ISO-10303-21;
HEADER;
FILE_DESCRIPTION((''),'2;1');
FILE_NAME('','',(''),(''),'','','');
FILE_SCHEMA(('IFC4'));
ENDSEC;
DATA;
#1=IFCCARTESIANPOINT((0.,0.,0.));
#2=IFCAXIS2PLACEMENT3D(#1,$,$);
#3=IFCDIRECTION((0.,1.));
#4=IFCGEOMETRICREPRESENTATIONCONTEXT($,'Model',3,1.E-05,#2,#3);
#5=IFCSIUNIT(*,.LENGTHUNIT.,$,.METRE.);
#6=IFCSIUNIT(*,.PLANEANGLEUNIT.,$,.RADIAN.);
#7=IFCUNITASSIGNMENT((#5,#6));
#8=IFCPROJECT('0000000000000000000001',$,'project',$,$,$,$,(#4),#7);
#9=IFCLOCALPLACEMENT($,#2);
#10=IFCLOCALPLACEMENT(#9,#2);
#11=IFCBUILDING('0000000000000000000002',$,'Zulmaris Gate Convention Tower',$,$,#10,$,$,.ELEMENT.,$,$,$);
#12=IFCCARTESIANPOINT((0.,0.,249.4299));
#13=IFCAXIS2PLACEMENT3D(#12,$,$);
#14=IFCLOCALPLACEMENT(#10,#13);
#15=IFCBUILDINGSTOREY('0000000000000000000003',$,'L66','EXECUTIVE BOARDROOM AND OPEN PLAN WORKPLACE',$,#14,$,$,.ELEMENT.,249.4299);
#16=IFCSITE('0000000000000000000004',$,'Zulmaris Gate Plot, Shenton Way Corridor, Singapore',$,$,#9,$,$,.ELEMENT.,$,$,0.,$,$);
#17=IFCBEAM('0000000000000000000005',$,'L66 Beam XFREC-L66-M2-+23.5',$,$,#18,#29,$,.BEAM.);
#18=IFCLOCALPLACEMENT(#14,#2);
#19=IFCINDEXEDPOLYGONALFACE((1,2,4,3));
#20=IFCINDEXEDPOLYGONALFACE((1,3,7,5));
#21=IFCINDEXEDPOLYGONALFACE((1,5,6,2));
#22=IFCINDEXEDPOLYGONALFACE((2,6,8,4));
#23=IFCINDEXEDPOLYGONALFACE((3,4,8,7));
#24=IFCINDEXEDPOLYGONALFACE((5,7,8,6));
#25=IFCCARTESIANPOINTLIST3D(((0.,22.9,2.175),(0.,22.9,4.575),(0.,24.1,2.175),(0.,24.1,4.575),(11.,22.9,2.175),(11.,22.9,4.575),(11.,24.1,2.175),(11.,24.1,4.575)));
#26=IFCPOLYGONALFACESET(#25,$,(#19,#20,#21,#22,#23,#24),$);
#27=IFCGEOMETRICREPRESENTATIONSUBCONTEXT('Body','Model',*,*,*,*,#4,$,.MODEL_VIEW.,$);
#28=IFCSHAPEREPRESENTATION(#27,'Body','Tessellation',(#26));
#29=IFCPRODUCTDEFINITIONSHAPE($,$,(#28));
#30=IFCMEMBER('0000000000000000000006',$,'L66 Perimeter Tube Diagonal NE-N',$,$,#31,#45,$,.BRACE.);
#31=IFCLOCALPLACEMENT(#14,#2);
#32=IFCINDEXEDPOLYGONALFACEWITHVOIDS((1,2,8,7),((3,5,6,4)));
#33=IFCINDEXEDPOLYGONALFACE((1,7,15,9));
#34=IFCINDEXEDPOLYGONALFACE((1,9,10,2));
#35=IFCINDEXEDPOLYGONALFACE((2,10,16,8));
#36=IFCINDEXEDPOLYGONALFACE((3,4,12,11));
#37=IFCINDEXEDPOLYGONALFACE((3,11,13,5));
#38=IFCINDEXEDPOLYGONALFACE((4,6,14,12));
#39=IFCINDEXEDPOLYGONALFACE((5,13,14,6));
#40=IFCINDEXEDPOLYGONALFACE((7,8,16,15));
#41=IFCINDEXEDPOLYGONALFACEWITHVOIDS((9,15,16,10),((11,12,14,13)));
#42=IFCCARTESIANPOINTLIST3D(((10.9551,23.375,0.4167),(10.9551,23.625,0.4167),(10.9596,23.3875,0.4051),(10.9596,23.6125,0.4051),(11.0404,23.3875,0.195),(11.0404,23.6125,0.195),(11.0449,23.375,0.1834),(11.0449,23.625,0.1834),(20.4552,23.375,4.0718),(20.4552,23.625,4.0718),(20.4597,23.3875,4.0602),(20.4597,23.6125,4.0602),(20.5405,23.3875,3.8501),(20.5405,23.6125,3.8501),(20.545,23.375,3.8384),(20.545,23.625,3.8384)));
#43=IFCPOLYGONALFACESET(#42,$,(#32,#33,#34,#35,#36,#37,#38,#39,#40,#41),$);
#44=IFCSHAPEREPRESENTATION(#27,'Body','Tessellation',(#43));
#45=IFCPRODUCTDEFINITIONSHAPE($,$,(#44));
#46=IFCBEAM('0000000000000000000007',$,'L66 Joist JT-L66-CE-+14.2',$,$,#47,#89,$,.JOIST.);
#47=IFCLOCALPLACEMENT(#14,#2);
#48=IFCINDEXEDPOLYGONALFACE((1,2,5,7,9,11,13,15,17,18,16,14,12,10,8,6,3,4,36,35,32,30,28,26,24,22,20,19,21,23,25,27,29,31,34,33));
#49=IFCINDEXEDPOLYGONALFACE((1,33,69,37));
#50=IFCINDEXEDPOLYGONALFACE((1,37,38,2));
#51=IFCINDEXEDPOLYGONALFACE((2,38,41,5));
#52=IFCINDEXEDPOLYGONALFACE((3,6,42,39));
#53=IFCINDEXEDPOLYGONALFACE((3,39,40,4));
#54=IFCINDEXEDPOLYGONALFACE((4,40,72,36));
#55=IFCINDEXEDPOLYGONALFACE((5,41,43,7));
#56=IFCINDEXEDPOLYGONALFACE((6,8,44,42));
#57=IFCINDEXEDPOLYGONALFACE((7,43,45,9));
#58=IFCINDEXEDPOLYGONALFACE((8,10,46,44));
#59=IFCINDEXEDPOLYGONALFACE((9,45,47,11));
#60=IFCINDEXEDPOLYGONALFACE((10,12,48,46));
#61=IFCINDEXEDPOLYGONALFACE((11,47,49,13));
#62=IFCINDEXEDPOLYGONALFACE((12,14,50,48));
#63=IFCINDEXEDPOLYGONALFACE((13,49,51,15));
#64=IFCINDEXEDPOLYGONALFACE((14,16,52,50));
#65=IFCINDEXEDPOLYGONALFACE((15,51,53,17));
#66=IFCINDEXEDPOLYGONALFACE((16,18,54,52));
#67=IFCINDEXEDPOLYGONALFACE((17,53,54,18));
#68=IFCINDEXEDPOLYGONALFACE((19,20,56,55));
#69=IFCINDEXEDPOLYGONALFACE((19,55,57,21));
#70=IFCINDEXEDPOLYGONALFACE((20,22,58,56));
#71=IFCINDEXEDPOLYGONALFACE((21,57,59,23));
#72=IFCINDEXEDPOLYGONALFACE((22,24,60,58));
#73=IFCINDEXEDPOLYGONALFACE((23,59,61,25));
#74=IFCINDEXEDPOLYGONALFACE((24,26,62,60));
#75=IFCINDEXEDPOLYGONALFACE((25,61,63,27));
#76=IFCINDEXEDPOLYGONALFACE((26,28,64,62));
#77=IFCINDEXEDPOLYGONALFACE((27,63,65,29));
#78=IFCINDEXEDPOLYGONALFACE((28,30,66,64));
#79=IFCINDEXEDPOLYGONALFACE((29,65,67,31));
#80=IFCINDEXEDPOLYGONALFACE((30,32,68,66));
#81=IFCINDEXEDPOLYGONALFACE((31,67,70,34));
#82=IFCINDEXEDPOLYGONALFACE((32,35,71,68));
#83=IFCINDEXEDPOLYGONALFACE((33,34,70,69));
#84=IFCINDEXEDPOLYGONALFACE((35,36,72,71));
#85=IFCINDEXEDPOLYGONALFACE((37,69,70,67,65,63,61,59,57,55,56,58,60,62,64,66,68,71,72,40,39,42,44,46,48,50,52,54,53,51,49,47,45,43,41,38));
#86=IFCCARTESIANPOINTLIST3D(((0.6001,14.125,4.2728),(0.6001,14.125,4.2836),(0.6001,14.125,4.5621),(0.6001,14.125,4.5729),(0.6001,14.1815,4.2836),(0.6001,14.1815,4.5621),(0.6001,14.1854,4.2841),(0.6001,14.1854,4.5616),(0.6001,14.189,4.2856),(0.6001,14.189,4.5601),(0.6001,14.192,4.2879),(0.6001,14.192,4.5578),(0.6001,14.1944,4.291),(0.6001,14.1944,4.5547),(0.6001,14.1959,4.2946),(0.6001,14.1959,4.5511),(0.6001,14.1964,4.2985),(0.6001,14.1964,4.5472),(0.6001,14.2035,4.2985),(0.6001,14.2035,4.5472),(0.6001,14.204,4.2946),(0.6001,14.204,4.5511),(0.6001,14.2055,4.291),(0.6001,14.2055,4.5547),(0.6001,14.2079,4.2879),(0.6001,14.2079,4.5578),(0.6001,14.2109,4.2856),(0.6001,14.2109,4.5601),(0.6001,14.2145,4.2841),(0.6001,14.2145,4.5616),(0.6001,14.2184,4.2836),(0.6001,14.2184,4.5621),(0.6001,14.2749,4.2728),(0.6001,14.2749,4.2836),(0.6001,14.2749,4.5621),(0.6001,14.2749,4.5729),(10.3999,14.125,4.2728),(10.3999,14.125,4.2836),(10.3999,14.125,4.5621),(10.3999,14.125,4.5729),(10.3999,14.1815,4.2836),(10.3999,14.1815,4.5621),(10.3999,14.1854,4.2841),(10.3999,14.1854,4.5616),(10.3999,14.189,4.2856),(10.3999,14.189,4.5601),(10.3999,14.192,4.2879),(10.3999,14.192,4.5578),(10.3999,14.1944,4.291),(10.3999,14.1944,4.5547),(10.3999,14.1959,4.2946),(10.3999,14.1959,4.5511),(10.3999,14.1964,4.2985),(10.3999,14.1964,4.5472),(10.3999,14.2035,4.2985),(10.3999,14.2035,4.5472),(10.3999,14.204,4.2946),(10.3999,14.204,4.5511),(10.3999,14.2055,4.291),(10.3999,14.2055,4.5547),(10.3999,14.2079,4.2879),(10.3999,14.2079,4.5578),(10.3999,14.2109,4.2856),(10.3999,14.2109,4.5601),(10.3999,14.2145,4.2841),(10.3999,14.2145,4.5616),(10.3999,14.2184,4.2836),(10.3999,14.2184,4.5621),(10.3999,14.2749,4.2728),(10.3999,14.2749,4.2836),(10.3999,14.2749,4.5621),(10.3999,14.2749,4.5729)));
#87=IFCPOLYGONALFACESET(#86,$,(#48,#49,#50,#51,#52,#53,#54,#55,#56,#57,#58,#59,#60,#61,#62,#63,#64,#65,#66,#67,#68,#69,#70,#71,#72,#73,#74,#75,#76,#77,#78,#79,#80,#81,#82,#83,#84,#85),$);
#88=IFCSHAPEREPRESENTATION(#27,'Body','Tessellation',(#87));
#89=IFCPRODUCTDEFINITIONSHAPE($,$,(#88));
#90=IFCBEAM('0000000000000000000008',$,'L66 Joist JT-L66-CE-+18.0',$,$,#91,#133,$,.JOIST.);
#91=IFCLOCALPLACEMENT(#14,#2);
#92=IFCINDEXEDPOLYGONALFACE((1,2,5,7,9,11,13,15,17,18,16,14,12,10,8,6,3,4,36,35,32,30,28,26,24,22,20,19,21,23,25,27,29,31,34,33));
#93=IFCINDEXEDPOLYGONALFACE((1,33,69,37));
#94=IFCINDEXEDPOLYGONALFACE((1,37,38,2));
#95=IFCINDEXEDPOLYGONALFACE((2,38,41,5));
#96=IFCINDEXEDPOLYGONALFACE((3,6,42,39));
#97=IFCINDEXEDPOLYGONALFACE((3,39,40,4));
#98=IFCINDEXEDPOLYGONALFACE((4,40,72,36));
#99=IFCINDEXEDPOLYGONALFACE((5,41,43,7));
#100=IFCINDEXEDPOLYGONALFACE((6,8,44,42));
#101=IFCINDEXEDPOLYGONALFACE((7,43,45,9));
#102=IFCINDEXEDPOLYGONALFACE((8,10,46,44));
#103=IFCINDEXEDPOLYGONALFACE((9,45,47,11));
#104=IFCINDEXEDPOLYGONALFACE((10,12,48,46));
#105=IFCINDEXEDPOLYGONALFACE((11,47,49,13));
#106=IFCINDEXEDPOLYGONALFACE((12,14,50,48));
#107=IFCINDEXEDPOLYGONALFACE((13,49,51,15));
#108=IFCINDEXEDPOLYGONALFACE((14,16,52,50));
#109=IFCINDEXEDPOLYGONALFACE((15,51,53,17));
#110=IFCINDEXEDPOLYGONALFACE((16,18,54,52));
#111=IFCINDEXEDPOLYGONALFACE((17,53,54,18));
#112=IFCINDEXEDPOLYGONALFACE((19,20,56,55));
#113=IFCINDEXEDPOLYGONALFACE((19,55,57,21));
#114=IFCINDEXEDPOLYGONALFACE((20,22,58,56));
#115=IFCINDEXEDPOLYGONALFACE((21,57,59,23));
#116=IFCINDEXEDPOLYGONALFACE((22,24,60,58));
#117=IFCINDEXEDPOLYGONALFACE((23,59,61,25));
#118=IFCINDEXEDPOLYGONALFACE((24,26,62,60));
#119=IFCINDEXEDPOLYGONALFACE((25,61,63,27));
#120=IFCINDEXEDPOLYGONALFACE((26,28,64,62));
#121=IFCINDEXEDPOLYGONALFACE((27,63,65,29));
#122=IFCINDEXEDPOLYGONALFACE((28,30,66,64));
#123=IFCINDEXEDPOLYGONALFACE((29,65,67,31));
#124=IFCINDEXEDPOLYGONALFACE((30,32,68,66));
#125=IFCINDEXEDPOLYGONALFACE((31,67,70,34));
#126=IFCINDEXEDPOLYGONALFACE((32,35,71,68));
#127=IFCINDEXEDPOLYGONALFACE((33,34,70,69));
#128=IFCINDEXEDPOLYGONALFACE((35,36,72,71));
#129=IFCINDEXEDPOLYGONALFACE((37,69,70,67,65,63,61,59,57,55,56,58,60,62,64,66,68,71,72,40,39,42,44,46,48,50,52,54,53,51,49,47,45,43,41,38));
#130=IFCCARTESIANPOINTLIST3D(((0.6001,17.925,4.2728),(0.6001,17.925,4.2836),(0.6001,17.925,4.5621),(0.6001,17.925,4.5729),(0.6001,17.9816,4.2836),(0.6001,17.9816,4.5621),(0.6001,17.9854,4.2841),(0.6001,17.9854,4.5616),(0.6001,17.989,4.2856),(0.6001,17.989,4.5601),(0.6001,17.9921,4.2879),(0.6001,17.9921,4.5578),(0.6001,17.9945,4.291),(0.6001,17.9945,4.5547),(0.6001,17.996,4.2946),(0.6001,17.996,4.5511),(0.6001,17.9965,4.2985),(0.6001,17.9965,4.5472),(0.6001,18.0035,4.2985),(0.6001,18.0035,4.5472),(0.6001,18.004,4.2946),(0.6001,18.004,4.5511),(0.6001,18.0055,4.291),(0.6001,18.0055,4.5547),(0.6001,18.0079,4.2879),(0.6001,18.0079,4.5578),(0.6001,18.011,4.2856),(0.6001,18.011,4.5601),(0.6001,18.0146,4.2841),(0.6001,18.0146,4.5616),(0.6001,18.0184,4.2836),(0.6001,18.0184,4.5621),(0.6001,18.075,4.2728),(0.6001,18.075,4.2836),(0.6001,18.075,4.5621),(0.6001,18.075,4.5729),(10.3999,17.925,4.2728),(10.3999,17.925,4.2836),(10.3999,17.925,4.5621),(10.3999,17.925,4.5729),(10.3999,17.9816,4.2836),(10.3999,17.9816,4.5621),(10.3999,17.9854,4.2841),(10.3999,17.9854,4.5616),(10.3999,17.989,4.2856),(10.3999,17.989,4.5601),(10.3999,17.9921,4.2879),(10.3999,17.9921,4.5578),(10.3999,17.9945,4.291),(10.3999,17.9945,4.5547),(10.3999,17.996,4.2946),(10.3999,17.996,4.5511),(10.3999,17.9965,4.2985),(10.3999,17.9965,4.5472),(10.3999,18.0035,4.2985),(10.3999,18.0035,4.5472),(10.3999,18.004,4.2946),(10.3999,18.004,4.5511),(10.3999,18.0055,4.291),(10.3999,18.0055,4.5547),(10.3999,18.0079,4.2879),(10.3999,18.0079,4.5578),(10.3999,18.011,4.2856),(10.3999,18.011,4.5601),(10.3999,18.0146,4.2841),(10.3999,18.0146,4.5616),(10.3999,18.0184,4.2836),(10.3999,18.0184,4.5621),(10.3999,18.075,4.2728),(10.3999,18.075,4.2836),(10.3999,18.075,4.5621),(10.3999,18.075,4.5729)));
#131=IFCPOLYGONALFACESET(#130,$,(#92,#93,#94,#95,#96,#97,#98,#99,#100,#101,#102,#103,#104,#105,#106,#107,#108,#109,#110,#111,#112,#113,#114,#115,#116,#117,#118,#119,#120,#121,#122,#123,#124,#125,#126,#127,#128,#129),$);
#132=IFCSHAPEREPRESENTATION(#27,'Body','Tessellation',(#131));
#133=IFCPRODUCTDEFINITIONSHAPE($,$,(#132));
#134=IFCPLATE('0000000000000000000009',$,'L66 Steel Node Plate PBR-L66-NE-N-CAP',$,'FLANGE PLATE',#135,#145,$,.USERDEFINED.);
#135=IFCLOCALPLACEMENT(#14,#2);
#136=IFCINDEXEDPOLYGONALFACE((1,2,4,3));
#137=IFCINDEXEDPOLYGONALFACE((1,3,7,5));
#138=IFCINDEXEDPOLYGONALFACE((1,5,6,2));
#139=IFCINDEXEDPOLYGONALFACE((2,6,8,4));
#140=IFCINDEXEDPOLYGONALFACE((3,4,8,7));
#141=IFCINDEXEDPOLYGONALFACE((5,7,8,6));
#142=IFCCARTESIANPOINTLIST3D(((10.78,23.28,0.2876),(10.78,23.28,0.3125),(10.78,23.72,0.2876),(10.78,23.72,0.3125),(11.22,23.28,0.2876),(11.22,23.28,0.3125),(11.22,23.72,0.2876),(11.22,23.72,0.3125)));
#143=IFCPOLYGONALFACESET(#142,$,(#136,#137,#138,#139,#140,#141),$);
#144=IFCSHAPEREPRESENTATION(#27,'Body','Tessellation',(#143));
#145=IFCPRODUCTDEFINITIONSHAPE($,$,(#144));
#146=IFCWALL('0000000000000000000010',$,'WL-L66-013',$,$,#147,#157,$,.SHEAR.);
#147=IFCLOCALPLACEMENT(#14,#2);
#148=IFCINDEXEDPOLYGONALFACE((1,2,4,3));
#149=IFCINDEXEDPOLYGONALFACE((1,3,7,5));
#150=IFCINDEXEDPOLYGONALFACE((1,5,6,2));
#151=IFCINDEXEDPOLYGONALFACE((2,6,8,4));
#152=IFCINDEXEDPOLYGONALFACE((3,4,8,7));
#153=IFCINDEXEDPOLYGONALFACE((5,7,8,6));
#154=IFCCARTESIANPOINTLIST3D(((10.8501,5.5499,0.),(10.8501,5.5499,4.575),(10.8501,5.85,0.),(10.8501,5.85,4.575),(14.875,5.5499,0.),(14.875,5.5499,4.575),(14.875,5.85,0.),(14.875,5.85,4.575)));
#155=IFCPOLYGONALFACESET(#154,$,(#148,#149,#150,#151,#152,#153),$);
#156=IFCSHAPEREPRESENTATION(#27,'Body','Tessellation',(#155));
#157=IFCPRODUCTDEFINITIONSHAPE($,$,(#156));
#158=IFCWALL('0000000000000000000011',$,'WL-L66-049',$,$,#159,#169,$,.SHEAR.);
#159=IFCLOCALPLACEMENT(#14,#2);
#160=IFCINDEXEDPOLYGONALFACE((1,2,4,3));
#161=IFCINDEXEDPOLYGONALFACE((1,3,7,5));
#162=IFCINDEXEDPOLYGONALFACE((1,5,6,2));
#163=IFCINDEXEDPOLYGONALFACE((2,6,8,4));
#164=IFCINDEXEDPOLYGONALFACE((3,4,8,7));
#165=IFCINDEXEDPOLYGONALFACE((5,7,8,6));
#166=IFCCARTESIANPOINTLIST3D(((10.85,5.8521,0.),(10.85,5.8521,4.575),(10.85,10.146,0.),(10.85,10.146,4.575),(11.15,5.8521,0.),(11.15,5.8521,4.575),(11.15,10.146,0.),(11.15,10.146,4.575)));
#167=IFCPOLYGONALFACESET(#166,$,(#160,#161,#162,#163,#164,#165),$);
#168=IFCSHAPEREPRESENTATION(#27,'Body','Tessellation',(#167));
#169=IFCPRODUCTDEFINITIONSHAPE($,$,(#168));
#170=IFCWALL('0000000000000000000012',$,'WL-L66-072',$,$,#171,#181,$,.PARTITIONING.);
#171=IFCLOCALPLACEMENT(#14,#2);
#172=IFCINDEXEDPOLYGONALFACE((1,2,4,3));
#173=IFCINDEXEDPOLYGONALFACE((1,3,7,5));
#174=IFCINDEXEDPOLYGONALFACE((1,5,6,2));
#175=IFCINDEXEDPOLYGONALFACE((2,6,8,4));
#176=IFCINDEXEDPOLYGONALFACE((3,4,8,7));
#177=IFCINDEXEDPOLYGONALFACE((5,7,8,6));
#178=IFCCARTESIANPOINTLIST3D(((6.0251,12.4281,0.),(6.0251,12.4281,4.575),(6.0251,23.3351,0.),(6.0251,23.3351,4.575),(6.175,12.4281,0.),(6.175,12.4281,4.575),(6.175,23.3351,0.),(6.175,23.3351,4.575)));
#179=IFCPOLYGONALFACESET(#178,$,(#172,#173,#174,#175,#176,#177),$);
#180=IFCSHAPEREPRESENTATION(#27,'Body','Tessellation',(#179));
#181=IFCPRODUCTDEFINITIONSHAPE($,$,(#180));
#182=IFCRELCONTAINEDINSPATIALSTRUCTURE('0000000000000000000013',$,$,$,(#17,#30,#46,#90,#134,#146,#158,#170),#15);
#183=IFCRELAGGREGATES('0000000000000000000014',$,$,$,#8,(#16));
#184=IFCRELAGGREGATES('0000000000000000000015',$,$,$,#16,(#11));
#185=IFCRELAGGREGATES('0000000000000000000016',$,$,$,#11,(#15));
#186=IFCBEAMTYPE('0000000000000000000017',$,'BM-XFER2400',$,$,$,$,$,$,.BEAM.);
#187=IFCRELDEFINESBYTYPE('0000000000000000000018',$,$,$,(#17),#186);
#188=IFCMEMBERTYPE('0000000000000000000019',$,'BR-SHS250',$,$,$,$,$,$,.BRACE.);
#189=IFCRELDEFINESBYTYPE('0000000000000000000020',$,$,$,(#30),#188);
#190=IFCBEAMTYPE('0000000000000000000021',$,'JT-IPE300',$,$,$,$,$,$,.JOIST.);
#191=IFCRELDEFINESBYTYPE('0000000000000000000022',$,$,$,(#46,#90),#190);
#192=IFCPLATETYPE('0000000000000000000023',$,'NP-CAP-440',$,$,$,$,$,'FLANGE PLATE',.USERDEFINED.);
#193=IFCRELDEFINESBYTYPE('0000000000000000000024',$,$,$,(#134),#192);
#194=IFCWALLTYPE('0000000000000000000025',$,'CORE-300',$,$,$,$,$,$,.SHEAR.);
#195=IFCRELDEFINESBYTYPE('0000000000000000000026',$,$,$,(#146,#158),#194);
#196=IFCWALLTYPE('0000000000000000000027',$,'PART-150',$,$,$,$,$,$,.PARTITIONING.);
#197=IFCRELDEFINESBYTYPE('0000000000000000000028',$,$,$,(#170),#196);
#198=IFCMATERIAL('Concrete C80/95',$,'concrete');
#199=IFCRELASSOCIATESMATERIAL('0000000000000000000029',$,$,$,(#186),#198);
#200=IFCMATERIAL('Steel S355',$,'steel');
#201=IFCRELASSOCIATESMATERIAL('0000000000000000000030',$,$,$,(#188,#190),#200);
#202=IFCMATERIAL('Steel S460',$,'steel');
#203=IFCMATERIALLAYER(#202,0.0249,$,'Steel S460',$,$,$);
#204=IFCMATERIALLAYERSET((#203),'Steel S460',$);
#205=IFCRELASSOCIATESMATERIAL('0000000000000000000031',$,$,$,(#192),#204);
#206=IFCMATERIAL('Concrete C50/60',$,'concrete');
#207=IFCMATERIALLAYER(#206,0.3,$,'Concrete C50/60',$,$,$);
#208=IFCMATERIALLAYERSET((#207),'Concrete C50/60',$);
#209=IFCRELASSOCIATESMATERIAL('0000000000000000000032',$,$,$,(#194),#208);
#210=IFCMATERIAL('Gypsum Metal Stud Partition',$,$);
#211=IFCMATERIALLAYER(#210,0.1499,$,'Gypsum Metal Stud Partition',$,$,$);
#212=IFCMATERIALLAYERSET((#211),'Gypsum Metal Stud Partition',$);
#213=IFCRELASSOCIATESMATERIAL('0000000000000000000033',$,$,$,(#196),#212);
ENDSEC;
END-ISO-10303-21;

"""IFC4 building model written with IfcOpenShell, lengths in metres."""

from ifc_helpers import new_model, si_unit, direction, frame, frame_2d, origin, origin_2d, place, context, subcontext, project, spatial, rectangle, hollow_rectangle, i_section, extrude, material, layer, layer_set, material_profile, profile_set, type_object, element, save


model = new_model("IFC4")

# Units and contexts
model_context = context("Model", 3, precision=1e-05, world=origin(), true_north=direction((0.0, 1.0)))
body_context = subcontext(model_context, "Body", "Model", "MODEL_VIEW")
ifc_project = project(units=[si_unit("LENGTHUNIT", "METRE"), si_unit("PLANEANGLEUNIT", "RADIAN")], contexts=[model_context])

# Site, building, storey
site_placement = place(None, origin())
site = spatial("IfcSite", under=ifc_project, at=site_placement, Name="Zulmaris Gate Plot, Shenton Way Corridor, Singapore", CompositionType="ELEMENT", RefElevation=0.0)
building_placement = place(site_placement, origin())
building = spatial("IfcBuilding", under=site, at=building_placement, Name="Zulmaris Gate Convention Tower", CompositionType="ELEMENT")
storey_placement = place(building_placement, frame((0.0, 0.0, 249.4299)))
storey = spatial("IfcBuildingStorey", under=building, at=storey_placement, Name="L66", Description="EXECUTIVE BOARDROOM AND OPEN PLAN WORKPLACE", CompositionType="ELEMENT", Elevation=249.4299)

# Shared definitions
ifc_material_1 = material(Name="Concrete C50/60", Category="concrete")

# Beam
ifc_material_2 = material(Name="Steel S355", Category="steel")
ifc_material_3 = material(Name="Concrete C80/95", Category="concrete")
ifc_material_profile_1 = material_profile(ifc_material_3, rectangle(XDim=1.2, YDim=2.3999, at=origin_2d()), Name="RC TRANSFER 1200x2400")
ifc_profile_set_1 = profile_set([ifc_material_profile_1], Name="Concrete C80/95")
beam_type_1 = type_object("IfcBeamType", Name="BM-XFER2400", PredefinedType="BEAM", material=ifc_profile_set_1)
beam_1_placement = place(storey_placement, frame((0.0, 23.5, 3.375), z_axis=(1.0, 0.0, 0.0), x_axis=(0.0, 1.0, 0.0)))
element("IfcBeam", 1, at=beam_1_placement, inside=storey, type_object=beam_type_1, Name="L66 Beam XFREC-L66-M2-+23.5", PredefinedType="BEAM", context=body_context, shape_type="SweptSolid", body=[
    extrude(rectangle(XDim=1.2, YDim=2.3999, at=origin_2d()), origin(), (0.0, 0.0, 1.0), 11.0),
])

# Member
ifc_material_profile_2 = material_profile(ifc_material_2, hollow_rectangle(XDim=0.25, YDim=0.25, WallThickness=0.0125, at=origin_2d()), Name="SHS 250x250x12.5")
ifc_profile_set_2 = profile_set([ifc_material_profile_2], Name="Steel S355")
member_type = type_object("IfcMemberType", Name="BR-SHS250", PredefinedType="BRACE", material=ifc_profile_set_2)
member_placement = place(storey_placement, frame((11.0, 23.5, 0.3), z_axis=(0.933307, 0.0, 0.35908), x_axis=(0.0, 1.0, 0.0)))
element("IfcMember", 2, at=member_placement, inside=storey, type_object=member_type, Name="L66 Perimeter Tube Diagonal NE-N", PredefinedType="BRACE", context=body_context, shape_type="SweptSolid", body=[
    extrude(hollow_rectangle(XDim=0.25, YDim=0.25, WallThickness=0.0125, at=origin_2d()), origin(), (0.0, 0.0, 1.0), 10.179),
])

# Beams
ifc_material_profile_3 = material_profile(ifc_material_2, i_section(OverallWidth=0.1499, OverallDepth=0.3, WebThickness=0.0071, FlangeThickness=0.0107, FilletRadius=0.0149, at=origin_2d()), Name="IPE 300")
ifc_profile_set_3 = profile_set([ifc_material_profile_3], Name="Steel S355")
beam_type_2 = type_object("IfcBeamType", Name="JT-IPE300", PredefinedType="JOIST", material=ifc_profile_set_3)
for number, where, z_axis, x_axis, name in (
    (3, (0.6001, 14.2, 4.4229), (1.0, 0.0, 0.0), (0.0, 1.0, 0.0), "L66 Joist JT-L66-CE-+14.2"),
    (4, (0.6001, 18.0, 4.4229), (1.0, 0.0, 0.0), (0.0, 1.0, 0.0), "L66 Joist JT-L66-CE-+18.0"),
):
    element("IfcBeam", number, at=place(storey_placement, frame(where, z_axis=z_axis, x_axis=x_axis)), inside=storey, type_object=beam_type_2, Name=name, PredefinedType="JOIST", context=body_context, shape_type="SweptSolid", body=[
        extrude(i_section(OverallWidth=0.1499, OverallDepth=0.3, WebThickness=0.0071, FlangeThickness=0.0107, FilletRadius=0.0149, at=origin_2d()), origin(), (0.0, 0.0, 1.0), 9.7998),
    ])

# Plate
ifc_material_4 = material(Name="Steel S460", Category="steel")
ifc_layer_1 = layer(ifc_material_4, 0.0249, Name="Steel S460")
ifc_layer_set_1 = layer_set([ifc_layer_1], Name="Steel S460")
plate_type = type_object("IfcPlateType", Name="NP-CAP-440", ElementType="FLANGE PLATE", PredefinedType="USERDEFINED", material=ifc_layer_set_1)
plate_placement = place(storey_placement, frame((11.0, 23.5, 0.2876), z_axis=(0.0, 0.0, 1.0), x_axis=(1.0, 0.0, 0.0)))
element("IfcPlate", 5, at=plate_placement, inside=storey, type_object=plate_type, Name="L66 Steel Node Plate PBR-L66-NE-N-CAP", ObjectType="FLANGE PLATE", PredefinedType="USERDEFINED", context=body_context, shape_type="SweptSolid", body=[
    extrude(rectangle(XDim=0.4399, YDim=0.4399, at=origin_2d()), origin(), (0.0, 0.0, 1.0), 0.0249),
])

# Wall
ifc_layer_2 = layer(ifc_material_1, 0.3, Name="Concrete C50/60")
ifc_layer_set_2 = layer_set([ifc_layer_2], Name="Concrete C50/60")
wall_type_1 = type_object("IfcWallType", Name="CORE-300", PredefinedType="SHEAR", material=ifc_layer_set_2)
wall_1_placement = place(storey_placement, frame((10.8501, 5.7, 0.0), z_axis=(0.0, 0.0, 1.0), x_axis=(1.0, 0.0, 0.0)))
element("IfcWall", 6, at=wall_1_placement, inside=storey, type_object=wall_type_1, Name="WL-L66-013", PredefinedType="SHEAR", context=body_context, shape_type="SweptSolid", body=[
    extrude(rectangle(XDim=4.0249, YDim=0.3, at=frame_2d((2.0125, 0.0))), origin(), (0.0, 0.0, 1.0), 4.575),
])

# Walls
wall_2_placement = place(storey_placement, frame((11.0, 5.8521, 0.0), z_axis=(0.0, 0.0, 1.0), x_axis=(0.0, 1.0, 0.0)))
element("IfcWall", 7, at=wall_2_placement, inside=storey, type_object=wall_type_1, Name="WL-L66-049", PredefinedType="SHEAR", context=body_context, shape_type="SweptSolid", body=[
    extrude(rectangle(XDim=4.2939, YDim=0.3, at=frame_2d((2.147, 0.0))), origin(), (0.0, 0.0, 1.0), 4.575),
])
ifc_material_5 = material(Name="Gypsum Metal Stud Partition")
ifc_layer_3 = layer(ifc_material_5, 0.1499, Name="Gypsum Metal Stud Partition")
ifc_layer_set_3 = layer_set([ifc_layer_3], Name="Gypsum Metal Stud Partition")
wall_type_2 = type_object("IfcWallType", Name="PART-150", PredefinedType="PARTITIONING", material=ifc_layer_set_3)
wall_3_placement = place(storey_placement, frame((6.1001, 12.428, 0.0), z_axis=(0.0, 0.0, 1.0), x_axis=(0.0, 1.0, 0.0)))
element("IfcWall", 8, at=wall_3_placement, inside=storey, type_object=wall_type_2, Name="WL-L66-072", PredefinedType="PARTITIONING", context=body_context, shape_type="SweptSolid", body=[
    extrude(rectangle(XDim=10.907, YDim=0.1499, at=frame_2d((5.4536, 0.0))), origin(), (0.0, 0.0, 1.0), 4.575),
])

save(model, "model.ifc")
